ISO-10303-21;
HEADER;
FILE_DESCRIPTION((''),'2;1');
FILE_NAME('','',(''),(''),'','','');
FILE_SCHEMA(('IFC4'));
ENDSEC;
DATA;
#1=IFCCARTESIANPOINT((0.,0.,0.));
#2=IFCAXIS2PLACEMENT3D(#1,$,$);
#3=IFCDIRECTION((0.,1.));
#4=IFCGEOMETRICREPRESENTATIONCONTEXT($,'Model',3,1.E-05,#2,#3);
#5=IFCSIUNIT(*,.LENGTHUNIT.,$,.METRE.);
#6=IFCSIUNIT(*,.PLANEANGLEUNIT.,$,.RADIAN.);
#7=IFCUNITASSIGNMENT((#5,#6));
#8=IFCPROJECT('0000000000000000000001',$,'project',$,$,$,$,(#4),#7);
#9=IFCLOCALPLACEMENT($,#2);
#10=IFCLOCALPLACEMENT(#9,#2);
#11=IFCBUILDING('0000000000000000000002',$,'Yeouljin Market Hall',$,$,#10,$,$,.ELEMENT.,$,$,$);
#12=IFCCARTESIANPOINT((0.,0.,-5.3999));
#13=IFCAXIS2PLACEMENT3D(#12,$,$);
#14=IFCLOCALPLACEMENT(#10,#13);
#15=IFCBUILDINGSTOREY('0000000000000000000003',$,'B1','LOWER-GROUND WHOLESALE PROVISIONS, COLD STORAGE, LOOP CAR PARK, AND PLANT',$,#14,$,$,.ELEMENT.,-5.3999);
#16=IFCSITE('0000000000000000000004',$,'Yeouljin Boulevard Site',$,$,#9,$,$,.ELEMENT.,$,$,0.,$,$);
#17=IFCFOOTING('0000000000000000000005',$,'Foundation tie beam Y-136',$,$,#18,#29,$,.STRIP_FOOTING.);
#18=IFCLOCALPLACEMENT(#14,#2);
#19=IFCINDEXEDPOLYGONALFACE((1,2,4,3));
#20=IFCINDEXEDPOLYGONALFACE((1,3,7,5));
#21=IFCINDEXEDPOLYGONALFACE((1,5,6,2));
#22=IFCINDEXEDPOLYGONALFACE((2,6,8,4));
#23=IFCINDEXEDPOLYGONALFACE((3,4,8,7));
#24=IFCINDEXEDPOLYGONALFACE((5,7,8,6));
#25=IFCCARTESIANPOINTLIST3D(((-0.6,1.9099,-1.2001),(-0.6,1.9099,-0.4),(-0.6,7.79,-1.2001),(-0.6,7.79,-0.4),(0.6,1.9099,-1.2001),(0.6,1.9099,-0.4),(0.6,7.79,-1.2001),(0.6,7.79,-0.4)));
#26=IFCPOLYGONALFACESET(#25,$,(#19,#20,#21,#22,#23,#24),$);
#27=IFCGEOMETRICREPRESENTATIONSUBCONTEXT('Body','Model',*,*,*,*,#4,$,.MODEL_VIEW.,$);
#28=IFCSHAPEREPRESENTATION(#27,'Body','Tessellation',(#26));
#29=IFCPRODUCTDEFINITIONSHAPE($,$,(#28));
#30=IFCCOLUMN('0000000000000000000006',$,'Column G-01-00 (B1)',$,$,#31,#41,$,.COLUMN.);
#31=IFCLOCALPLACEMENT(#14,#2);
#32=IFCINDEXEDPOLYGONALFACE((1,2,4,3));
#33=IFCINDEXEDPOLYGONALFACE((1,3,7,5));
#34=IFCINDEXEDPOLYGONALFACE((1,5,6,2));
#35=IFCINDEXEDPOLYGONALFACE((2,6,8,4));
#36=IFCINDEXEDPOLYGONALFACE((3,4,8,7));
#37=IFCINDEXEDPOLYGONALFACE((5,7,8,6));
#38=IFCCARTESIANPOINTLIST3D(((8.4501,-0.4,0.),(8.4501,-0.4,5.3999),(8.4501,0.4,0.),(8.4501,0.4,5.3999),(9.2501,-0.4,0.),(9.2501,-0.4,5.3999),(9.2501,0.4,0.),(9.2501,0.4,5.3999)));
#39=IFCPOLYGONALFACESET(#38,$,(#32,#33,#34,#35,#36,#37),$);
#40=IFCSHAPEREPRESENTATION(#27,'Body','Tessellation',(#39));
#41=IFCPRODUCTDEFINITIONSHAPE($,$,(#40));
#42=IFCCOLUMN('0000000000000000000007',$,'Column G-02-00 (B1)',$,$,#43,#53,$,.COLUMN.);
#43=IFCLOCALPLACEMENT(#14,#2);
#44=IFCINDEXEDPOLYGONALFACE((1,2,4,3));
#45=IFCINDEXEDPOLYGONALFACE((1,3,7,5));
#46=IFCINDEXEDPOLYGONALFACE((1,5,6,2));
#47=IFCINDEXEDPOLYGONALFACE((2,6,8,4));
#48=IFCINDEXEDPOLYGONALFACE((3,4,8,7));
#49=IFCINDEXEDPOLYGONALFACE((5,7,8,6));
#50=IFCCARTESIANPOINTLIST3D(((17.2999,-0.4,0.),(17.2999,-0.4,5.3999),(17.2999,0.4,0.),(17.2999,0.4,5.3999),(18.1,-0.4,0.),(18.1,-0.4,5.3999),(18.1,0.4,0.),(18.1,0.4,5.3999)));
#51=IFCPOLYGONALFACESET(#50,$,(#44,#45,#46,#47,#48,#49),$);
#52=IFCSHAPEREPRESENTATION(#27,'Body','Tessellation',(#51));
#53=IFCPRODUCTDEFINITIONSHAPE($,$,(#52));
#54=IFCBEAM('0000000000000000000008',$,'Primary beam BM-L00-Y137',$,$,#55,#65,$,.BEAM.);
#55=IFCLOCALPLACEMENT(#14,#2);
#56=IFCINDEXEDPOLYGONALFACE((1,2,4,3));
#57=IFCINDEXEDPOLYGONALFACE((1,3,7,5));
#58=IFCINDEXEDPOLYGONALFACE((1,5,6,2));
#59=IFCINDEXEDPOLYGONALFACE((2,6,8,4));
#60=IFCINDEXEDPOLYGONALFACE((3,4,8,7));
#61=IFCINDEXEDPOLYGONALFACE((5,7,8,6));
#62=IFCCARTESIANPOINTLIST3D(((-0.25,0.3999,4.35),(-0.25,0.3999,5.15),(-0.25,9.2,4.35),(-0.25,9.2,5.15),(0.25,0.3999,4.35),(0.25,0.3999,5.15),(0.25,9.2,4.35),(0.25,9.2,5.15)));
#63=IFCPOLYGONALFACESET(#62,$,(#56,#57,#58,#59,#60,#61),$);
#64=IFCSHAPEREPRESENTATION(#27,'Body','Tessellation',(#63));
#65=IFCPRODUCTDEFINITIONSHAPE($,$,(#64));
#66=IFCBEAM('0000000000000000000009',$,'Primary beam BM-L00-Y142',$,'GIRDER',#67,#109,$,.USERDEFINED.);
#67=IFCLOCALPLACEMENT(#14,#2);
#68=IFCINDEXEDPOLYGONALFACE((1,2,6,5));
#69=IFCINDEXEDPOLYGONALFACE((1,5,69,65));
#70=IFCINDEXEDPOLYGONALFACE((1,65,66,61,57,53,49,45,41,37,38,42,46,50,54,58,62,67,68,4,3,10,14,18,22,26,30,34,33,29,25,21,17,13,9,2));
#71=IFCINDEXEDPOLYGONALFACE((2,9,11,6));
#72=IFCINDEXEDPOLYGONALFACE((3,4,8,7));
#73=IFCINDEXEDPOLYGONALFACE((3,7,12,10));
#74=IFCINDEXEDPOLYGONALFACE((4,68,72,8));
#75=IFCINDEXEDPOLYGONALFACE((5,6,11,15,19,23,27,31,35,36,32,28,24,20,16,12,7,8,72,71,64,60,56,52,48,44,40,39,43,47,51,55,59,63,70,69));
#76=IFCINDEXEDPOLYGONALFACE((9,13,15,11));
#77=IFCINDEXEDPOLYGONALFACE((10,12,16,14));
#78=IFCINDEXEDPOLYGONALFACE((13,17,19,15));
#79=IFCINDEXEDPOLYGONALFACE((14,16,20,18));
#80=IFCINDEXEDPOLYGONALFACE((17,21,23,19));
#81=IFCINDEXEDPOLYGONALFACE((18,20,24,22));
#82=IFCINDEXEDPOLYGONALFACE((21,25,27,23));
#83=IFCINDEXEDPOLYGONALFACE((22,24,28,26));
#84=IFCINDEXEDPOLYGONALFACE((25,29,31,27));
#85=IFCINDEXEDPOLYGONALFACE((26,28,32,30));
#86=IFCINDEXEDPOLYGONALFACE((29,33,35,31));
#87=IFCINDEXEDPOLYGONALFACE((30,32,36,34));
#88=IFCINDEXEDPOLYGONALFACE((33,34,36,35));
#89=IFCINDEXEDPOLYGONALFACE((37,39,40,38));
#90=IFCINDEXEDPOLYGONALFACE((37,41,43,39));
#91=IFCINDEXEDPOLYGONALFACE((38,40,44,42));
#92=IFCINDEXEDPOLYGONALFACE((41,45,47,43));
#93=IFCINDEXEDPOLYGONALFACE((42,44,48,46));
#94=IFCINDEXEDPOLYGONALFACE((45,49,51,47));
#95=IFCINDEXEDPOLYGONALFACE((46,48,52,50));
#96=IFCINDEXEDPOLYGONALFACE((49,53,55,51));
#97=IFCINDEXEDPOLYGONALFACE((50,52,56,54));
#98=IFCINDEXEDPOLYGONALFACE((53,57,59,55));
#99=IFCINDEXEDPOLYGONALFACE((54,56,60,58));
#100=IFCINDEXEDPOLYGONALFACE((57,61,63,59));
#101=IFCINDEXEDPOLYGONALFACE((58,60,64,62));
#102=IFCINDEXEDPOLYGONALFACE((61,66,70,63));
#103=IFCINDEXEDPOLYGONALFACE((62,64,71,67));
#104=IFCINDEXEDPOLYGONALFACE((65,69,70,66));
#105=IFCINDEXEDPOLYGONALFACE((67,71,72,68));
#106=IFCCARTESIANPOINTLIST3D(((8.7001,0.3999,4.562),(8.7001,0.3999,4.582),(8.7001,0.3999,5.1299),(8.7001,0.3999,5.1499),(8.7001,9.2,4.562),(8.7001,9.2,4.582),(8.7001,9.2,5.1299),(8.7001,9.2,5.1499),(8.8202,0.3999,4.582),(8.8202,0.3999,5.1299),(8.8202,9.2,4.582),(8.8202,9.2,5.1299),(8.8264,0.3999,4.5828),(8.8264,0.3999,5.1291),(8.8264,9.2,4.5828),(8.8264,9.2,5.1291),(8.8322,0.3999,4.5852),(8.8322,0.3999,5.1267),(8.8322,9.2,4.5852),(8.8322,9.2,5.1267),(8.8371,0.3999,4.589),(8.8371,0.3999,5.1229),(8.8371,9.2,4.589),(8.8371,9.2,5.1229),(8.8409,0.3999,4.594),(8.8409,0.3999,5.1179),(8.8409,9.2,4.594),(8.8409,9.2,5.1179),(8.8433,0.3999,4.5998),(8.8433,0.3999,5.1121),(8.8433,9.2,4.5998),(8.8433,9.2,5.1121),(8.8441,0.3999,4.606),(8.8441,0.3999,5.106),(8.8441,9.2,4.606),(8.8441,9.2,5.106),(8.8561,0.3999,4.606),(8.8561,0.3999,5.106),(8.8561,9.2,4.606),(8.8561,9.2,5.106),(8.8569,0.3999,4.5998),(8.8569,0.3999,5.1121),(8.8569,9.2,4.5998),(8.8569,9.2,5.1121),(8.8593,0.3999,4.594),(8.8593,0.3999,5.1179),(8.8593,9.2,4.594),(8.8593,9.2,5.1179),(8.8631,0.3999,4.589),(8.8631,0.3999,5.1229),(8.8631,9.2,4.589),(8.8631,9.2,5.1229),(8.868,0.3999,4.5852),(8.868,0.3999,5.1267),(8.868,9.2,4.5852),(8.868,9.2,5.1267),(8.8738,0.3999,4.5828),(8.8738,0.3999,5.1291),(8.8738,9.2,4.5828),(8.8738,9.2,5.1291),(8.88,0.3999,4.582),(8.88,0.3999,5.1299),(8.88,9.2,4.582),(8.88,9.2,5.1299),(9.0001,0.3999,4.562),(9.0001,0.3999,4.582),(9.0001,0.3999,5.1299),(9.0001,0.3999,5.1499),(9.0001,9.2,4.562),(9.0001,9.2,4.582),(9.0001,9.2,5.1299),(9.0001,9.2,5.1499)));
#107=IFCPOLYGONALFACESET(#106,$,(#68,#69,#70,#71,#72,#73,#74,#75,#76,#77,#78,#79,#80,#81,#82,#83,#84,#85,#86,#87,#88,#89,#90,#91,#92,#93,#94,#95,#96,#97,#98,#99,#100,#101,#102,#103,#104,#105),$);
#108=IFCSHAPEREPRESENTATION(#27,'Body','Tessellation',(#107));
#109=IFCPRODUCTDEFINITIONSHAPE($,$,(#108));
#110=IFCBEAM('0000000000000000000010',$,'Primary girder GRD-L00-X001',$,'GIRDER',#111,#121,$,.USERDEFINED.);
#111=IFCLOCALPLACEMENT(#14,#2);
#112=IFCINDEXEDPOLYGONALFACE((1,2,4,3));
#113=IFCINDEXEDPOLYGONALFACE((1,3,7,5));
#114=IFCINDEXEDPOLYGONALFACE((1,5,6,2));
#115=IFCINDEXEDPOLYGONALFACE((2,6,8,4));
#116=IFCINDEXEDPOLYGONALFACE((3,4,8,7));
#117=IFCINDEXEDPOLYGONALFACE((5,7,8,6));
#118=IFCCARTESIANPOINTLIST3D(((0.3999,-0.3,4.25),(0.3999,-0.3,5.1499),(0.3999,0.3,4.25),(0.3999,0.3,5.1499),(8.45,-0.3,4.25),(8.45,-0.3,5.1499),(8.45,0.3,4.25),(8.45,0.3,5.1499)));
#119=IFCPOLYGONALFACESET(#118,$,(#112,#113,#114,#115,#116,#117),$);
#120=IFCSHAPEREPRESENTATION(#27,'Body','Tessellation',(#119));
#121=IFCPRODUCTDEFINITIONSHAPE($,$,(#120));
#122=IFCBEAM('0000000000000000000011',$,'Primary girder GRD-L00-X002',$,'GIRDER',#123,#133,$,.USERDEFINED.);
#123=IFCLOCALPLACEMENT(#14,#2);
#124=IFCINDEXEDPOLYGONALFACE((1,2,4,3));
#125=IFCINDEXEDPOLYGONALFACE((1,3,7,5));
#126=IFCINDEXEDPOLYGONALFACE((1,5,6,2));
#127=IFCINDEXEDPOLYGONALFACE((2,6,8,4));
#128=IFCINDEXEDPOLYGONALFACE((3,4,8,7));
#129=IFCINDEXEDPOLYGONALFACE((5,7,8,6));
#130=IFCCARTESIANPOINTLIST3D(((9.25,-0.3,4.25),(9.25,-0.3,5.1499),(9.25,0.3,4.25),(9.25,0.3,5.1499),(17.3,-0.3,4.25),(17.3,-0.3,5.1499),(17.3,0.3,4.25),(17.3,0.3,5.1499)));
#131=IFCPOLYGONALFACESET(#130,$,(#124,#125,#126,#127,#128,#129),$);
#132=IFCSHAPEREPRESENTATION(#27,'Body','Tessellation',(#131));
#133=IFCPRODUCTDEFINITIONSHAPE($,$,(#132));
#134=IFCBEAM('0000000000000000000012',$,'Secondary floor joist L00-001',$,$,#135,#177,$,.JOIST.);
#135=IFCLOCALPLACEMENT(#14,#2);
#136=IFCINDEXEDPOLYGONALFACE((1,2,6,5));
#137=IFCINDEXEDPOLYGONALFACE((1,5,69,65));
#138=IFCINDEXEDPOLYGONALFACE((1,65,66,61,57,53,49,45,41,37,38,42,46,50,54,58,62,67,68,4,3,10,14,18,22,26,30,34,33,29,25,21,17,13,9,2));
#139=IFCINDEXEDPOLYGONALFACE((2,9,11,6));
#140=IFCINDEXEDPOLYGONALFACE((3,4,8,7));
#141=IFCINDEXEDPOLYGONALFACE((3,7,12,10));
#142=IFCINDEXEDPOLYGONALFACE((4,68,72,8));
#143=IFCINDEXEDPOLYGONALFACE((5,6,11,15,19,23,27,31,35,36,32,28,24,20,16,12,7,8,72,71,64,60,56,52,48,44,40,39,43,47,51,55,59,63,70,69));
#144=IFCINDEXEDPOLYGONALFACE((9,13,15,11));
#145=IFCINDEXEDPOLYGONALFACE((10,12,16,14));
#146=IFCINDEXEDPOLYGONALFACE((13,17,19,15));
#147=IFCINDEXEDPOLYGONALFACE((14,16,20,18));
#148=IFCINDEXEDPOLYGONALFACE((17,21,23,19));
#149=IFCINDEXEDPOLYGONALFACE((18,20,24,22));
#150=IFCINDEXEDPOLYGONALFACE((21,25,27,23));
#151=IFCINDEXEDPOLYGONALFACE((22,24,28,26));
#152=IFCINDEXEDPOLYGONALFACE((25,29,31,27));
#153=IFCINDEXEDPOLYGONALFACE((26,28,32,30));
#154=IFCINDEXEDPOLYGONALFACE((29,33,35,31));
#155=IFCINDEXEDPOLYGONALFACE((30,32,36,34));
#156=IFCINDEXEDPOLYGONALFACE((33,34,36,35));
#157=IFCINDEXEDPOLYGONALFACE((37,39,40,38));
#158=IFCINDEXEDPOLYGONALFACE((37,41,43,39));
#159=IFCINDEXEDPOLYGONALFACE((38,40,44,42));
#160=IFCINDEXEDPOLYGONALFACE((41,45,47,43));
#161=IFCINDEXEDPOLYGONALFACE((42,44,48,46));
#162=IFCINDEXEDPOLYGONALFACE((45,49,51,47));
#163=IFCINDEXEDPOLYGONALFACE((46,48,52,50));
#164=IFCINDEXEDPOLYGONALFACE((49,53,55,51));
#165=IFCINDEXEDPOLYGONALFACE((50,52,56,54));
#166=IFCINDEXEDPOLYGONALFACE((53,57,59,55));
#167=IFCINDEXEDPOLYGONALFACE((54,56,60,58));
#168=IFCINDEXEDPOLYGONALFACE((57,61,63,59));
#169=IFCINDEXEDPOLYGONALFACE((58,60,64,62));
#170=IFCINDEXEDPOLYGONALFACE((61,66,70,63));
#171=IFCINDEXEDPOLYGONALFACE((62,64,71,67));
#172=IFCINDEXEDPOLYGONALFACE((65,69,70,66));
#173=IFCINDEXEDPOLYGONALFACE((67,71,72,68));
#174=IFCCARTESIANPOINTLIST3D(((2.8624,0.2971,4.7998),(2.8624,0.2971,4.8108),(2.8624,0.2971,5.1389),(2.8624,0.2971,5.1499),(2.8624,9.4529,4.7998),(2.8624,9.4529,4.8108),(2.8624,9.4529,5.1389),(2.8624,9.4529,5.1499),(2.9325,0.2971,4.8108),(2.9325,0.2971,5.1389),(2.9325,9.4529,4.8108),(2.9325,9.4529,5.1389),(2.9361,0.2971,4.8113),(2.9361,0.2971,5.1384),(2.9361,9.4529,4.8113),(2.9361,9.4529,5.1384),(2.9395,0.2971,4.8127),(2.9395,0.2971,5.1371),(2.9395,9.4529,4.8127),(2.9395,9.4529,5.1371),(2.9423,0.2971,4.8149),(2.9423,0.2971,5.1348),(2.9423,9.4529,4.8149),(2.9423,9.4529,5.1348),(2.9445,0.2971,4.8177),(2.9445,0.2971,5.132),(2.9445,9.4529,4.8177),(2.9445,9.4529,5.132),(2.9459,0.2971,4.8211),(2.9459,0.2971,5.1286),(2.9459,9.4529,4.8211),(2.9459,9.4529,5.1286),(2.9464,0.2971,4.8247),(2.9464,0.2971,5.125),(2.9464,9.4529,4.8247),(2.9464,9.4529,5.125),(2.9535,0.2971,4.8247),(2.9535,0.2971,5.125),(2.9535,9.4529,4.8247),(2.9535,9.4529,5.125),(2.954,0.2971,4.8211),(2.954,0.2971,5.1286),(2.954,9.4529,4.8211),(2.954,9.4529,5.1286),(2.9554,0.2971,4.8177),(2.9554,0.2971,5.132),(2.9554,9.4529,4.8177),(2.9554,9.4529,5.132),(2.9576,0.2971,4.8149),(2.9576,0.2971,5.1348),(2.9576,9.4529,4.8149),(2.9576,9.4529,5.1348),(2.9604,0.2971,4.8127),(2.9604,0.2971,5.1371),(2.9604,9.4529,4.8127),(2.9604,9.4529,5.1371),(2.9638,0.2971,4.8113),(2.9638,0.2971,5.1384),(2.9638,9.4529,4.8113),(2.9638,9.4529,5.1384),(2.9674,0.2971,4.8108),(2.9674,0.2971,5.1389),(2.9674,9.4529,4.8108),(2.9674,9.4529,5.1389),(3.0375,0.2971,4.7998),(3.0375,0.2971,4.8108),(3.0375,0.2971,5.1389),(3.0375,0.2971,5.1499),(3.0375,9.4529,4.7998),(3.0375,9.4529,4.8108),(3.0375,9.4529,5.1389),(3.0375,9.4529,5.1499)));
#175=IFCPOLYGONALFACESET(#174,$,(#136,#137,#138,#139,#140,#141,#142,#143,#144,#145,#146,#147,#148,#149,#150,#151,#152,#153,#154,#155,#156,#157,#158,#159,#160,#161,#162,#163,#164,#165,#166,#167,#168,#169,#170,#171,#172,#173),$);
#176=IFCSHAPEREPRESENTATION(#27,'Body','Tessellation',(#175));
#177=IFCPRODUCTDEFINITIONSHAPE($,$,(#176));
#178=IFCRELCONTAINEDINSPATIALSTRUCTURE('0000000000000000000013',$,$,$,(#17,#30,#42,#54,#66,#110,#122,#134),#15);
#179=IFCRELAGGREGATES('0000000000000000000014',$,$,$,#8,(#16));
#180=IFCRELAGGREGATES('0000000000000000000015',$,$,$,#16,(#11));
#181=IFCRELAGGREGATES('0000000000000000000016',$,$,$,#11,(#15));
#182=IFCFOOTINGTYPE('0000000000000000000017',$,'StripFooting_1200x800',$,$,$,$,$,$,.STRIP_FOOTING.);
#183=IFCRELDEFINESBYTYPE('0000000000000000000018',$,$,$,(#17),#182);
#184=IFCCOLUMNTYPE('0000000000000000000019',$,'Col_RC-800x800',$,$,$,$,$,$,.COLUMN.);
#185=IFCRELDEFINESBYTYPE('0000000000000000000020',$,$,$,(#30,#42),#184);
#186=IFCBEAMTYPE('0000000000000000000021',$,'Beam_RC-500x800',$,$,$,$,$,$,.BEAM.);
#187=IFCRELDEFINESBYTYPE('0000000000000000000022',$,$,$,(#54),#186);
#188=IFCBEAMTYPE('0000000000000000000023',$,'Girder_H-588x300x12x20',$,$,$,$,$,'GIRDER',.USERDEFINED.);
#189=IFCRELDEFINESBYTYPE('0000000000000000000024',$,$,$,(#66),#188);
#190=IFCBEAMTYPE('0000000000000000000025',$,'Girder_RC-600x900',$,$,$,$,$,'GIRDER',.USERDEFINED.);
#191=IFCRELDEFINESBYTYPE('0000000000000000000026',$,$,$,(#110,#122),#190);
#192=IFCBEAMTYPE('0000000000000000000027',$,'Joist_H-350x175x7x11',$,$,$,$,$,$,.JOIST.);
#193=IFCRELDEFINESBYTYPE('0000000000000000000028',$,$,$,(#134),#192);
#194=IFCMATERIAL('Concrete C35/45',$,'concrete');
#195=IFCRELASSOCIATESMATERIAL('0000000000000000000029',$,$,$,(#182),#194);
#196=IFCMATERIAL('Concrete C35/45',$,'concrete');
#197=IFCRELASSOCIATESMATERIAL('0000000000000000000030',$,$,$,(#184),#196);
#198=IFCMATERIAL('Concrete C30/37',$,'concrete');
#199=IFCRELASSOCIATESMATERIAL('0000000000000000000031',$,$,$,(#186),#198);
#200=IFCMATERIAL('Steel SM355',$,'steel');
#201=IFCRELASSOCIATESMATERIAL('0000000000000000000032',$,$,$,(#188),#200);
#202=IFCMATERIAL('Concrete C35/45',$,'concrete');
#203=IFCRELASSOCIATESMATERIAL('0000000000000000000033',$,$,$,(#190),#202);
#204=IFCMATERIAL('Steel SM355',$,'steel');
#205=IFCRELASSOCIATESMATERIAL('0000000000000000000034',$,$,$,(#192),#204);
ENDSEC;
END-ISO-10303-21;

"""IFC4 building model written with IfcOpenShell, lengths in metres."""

from ifc_helpers import new_model, si_unit, direction, frame, origin, origin_2d, place, context, subcontext, project, spatial, rectangle, i_section, extrude, material, material_profile, profile_set, type_object, element, save


model = new_model("IFC4")

# Units and contexts
model_context = context("Model", 3, precision=1e-05, world=origin(), true_north=direction((0.0, 1.0)))
body_context = subcontext(model_context, "Body", "Model", "MODEL_VIEW")
ifc_project = project(units=[si_unit("LENGTHUNIT", "METRE"), si_unit("PLANEANGLEUNIT", "RADIAN")], contexts=[model_context])

# Site, building, storey
site_placement = place(None, origin())
site = spatial("IfcSite", under=ifc_project, at=site_placement, Name="Yeouljin Boulevard Site", CompositionType="ELEMENT", RefElevation=0.0)
building_placement = place(site_placement, origin())
building = spatial("IfcBuilding", under=site, at=building_placement, Name="Yeouljin Market Hall", CompositionType="ELEMENT")
storey_placement = place(building_placement, frame((0.0, 0.0, -5.3999)))
storey = spatial("IfcBuildingStorey", under=building, at=storey_placement, Name="B1", Description="LOWER-GROUND WHOLESALE PROVISIONS, COLD STORAGE, LOOP CAR PARK, AND PLANT", CompositionType="ELEMENT", Elevation=-5.3999)

# Footing
ifc_material_1 = material(Name="Concrete C35/45", Category="concrete")
ifc_material_profile_1 = material_profile(ifc_material_1, rectangle(XDim=1.2, YDim=0.8, at=origin_2d()), Name="SF-1200x800")
ifc_profile_set_1 = profile_set([ifc_material_profile_1], Name="Concrete C35/45")
footing_type_1 = type_object("IfcFootingType", Name="StripFooting_1200x800", PredefinedType="STRIP_FOOTING", material=ifc_profile_set_1)
footing_1_placement = place(storey_placement, frame((0.0, 1.9099, -0.8), z_axis=(0.0, 1.0, 0.0), x_axis=(-1.0, 0.0, 0.0)))
element("IfcFooting", 1, at=footing_1_placement, inside=storey, type_object=footing_type_1, Name="Foundation tie beam Y-136", PredefinedType="STRIP_FOOTING", context=body_context, shape_type="SweptSolid", body=[
    extrude(rectangle(XDim=1.2, YDim=0.8, at=origin_2d()), origin(), (0.0, 0.0, 1.0), 5.8801),
])

# Columns
ifc_material_2 = material(Name="Concrete C35/45", Category="concrete")
ifc_material_profile_2 = material_profile(ifc_material_2, rectangle(XDim=0.8, YDim=0.8, at=origin_2d()), Name="RC-800x800")
ifc_profile_set_2 = profile_set([ifc_material_profile_2], Name="Concrete C35/45")
column_type = type_object("IfcColumnType", Name="Col_RC-800x800", PredefinedType="COLUMN", material=ifc_profile_set_2)
for number, where, z_axis, x_axis, name in (
    (2, (8.8501, 0.0, 0.0), (0.0, 0.0, 1.0), (1.0, 0.0, 0.0), "Column G-01-00 (B1)"),
    (3, (17.7, 0.0, 0.0), (0.0, 0.0, 1.0), (1.0, 0.0, 0.0), "Column G-02-00 (B1)"),
):
    element("IfcColumn", number, at=place(storey_placement, frame(where, z_axis=z_axis, x_axis=x_axis)), inside=storey, type_object=column_type, Name=name, PredefinedType="COLUMN", context=body_context, shape_type="SweptSolid", body=[
        extrude(rectangle(XDim=0.8, YDim=0.8, at=origin_2d()), origin(), (0.0, 0.0, 1.0), 5.3999),
    ])

# Beams
ifc_material_3 = material(Name="Concrete C30/37", Category="concrete")
ifc_material_profile_3 = material_profile(ifc_material_3, rectangle(XDim=0.5, YDim=0.8, at=origin_2d()), Name="RC-500x800")
ifc_profile_set_3 = profile_set([ifc_material_profile_3], Name="Concrete C30/37")
beam_type_1 = type_object("IfcBeamType", Name="Beam_RC-500x800", PredefinedType="BEAM", material=ifc_profile_set_3)
beam_1_placement = place(storey_placement, frame((0.0, 0.3999, 4.75), z_axis=(0.0, 1.0, 0.0), x_axis=(-1.0, 0.0, 0.0)))
element("IfcBeam", 4, at=beam_1_placement, inside=storey, type_object=beam_type_1, Name="Primary beam BM-L00-Y137", PredefinedType="BEAM", context=body_context, shape_type="SweptSolid", body=[
    extrude(rectangle(XDim=0.5, YDim=0.8, at=origin_2d()), origin(), (0.0, 0.0, 1.0), 8.8),
])
ifc_material_4 = material(Name="Steel SM355", Category="steel")
ifc_material_profile_4 = material_profile(ifc_material_4, i_section(OverallWidth=0.3, OverallDepth=0.5879, WebThickness=0.012, FlangeThickness=0.02, FilletRadius=0.0239, at=origin_2d()), Name="H-588x300x12x20")
ifc_profile_set_4 = profile_set([ifc_material_profile_4], Name="Steel SM355")
beam_type_2 = type_object("IfcBeamType", Name="Girder_H-588x300x12x20", ElementType="GIRDER", PredefinedType="USERDEFINED", material=ifc_profile_set_4)
beam_2_placement = place(storey_placement, frame((8.8501, 0.3999, 4.856), z_axis=(0.0, 1.0, 0.0), x_axis=(-1.0, 0.0, 0.0)))
element("IfcBeam", 5, at=beam_2_placement, inside=storey, type_object=beam_type_2, Name="Primary beam BM-L00-Y142", ObjectType="GIRDER", PredefinedType="USERDEFINED", context=body_context, shape_type="SweptSolid", body=[
    extrude(i_section(OverallWidth=0.3, OverallDepth=0.5879, WebThickness=0.012, FlangeThickness=0.02, FilletRadius=0.0239, at=origin_2d()), origin(), (0.0, 0.0, 1.0), 8.8),
])
ifc_material_5 = material(Name="Concrete C35/45", Category="concrete")
ifc_material_profile_5 = material_profile(ifc_material_5, rectangle(XDim=0.6001, YDim=0.8999, at=origin_2d()), Name="RC-600x900")
ifc_profile_set_5 = profile_set([ifc_material_profile_5], Name="Concrete C35/45")
beam_type_3 = type_object("IfcBeamType", Name="Girder_RC-600x900", ElementType="GIRDER", PredefinedType="USERDEFINED", material=ifc_profile_set_5)
for number, where, z_axis, x_axis, name in (
    (6, (0.3999, 0.0, 4.7), (1.0, 0.0, 0.0), (0.0, 1.0, 0.0), "Primary girder GRD-L00-X001"),
    (7, (9.25, 0.0, 4.7), (1.0, 0.0, 0.0), (0.0, 1.0, 0.0), "Primary girder GRD-L00-X002"),
):
    element("IfcBeam", number, at=place(storey_placement, frame(where, z_axis=z_axis, x_axis=x_axis)), inside=storey, type_object=beam_type_3, Name=name, ObjectType="GIRDER", PredefinedType="USERDEFINED", context=body_context, shape_type="SweptSolid", body=[
        extrude(rectangle(XDim=0.6001, YDim=0.8999, at=origin_2d()), origin(), (0.0, 0.0, 1.0), 8.05),
    ])
ifc_material_6 = material(Name="Steel SM355", Category="steel")
ifc_material_profile_6 = material_profile(ifc_material_6, i_section(OverallWidth=0.175, OverallDepth=0.3501, WebThickness=0.0071, FlangeThickness=0.011, FilletRadius=0.0139, at=origin_2d()), Name="H-350x175x7x11")
ifc_profile_set_6 = profile_set([ifc_material_profile_6], Name="Steel SM355")
beam_type_4 = type_object("IfcBeamType", Name="Joist_H-350x175x7x11", PredefinedType="JOIST", material=ifc_profile_set_6)
for number, where, z_axis, x_axis, name in (
    (8, (2.95, 0.2971, 4.9749), (0.0, 1.0, 0.0), (-1.0, 0.0, 0.0), "Secondary floor joist L00-001"),
):
    element("IfcBeam", number, at=place(storey_placement, frame(where, z_axis=z_axis, x_axis=x_axis)), inside=storey, type_object=beam_type_4, Name=name, PredefinedType="JOIST", context=body_context, shape_type="SweptSolid", body=[
        extrude(i_section(OverallWidth=0.175, OverallDepth=0.3501, WebThickness=0.0071, FlangeThickness=0.011, FilletRadius=0.0139, at=origin_2d()), origin(), (0.0, 0.0, 1.0), 9.1558),
    ])

save(model, "model.ifc")
